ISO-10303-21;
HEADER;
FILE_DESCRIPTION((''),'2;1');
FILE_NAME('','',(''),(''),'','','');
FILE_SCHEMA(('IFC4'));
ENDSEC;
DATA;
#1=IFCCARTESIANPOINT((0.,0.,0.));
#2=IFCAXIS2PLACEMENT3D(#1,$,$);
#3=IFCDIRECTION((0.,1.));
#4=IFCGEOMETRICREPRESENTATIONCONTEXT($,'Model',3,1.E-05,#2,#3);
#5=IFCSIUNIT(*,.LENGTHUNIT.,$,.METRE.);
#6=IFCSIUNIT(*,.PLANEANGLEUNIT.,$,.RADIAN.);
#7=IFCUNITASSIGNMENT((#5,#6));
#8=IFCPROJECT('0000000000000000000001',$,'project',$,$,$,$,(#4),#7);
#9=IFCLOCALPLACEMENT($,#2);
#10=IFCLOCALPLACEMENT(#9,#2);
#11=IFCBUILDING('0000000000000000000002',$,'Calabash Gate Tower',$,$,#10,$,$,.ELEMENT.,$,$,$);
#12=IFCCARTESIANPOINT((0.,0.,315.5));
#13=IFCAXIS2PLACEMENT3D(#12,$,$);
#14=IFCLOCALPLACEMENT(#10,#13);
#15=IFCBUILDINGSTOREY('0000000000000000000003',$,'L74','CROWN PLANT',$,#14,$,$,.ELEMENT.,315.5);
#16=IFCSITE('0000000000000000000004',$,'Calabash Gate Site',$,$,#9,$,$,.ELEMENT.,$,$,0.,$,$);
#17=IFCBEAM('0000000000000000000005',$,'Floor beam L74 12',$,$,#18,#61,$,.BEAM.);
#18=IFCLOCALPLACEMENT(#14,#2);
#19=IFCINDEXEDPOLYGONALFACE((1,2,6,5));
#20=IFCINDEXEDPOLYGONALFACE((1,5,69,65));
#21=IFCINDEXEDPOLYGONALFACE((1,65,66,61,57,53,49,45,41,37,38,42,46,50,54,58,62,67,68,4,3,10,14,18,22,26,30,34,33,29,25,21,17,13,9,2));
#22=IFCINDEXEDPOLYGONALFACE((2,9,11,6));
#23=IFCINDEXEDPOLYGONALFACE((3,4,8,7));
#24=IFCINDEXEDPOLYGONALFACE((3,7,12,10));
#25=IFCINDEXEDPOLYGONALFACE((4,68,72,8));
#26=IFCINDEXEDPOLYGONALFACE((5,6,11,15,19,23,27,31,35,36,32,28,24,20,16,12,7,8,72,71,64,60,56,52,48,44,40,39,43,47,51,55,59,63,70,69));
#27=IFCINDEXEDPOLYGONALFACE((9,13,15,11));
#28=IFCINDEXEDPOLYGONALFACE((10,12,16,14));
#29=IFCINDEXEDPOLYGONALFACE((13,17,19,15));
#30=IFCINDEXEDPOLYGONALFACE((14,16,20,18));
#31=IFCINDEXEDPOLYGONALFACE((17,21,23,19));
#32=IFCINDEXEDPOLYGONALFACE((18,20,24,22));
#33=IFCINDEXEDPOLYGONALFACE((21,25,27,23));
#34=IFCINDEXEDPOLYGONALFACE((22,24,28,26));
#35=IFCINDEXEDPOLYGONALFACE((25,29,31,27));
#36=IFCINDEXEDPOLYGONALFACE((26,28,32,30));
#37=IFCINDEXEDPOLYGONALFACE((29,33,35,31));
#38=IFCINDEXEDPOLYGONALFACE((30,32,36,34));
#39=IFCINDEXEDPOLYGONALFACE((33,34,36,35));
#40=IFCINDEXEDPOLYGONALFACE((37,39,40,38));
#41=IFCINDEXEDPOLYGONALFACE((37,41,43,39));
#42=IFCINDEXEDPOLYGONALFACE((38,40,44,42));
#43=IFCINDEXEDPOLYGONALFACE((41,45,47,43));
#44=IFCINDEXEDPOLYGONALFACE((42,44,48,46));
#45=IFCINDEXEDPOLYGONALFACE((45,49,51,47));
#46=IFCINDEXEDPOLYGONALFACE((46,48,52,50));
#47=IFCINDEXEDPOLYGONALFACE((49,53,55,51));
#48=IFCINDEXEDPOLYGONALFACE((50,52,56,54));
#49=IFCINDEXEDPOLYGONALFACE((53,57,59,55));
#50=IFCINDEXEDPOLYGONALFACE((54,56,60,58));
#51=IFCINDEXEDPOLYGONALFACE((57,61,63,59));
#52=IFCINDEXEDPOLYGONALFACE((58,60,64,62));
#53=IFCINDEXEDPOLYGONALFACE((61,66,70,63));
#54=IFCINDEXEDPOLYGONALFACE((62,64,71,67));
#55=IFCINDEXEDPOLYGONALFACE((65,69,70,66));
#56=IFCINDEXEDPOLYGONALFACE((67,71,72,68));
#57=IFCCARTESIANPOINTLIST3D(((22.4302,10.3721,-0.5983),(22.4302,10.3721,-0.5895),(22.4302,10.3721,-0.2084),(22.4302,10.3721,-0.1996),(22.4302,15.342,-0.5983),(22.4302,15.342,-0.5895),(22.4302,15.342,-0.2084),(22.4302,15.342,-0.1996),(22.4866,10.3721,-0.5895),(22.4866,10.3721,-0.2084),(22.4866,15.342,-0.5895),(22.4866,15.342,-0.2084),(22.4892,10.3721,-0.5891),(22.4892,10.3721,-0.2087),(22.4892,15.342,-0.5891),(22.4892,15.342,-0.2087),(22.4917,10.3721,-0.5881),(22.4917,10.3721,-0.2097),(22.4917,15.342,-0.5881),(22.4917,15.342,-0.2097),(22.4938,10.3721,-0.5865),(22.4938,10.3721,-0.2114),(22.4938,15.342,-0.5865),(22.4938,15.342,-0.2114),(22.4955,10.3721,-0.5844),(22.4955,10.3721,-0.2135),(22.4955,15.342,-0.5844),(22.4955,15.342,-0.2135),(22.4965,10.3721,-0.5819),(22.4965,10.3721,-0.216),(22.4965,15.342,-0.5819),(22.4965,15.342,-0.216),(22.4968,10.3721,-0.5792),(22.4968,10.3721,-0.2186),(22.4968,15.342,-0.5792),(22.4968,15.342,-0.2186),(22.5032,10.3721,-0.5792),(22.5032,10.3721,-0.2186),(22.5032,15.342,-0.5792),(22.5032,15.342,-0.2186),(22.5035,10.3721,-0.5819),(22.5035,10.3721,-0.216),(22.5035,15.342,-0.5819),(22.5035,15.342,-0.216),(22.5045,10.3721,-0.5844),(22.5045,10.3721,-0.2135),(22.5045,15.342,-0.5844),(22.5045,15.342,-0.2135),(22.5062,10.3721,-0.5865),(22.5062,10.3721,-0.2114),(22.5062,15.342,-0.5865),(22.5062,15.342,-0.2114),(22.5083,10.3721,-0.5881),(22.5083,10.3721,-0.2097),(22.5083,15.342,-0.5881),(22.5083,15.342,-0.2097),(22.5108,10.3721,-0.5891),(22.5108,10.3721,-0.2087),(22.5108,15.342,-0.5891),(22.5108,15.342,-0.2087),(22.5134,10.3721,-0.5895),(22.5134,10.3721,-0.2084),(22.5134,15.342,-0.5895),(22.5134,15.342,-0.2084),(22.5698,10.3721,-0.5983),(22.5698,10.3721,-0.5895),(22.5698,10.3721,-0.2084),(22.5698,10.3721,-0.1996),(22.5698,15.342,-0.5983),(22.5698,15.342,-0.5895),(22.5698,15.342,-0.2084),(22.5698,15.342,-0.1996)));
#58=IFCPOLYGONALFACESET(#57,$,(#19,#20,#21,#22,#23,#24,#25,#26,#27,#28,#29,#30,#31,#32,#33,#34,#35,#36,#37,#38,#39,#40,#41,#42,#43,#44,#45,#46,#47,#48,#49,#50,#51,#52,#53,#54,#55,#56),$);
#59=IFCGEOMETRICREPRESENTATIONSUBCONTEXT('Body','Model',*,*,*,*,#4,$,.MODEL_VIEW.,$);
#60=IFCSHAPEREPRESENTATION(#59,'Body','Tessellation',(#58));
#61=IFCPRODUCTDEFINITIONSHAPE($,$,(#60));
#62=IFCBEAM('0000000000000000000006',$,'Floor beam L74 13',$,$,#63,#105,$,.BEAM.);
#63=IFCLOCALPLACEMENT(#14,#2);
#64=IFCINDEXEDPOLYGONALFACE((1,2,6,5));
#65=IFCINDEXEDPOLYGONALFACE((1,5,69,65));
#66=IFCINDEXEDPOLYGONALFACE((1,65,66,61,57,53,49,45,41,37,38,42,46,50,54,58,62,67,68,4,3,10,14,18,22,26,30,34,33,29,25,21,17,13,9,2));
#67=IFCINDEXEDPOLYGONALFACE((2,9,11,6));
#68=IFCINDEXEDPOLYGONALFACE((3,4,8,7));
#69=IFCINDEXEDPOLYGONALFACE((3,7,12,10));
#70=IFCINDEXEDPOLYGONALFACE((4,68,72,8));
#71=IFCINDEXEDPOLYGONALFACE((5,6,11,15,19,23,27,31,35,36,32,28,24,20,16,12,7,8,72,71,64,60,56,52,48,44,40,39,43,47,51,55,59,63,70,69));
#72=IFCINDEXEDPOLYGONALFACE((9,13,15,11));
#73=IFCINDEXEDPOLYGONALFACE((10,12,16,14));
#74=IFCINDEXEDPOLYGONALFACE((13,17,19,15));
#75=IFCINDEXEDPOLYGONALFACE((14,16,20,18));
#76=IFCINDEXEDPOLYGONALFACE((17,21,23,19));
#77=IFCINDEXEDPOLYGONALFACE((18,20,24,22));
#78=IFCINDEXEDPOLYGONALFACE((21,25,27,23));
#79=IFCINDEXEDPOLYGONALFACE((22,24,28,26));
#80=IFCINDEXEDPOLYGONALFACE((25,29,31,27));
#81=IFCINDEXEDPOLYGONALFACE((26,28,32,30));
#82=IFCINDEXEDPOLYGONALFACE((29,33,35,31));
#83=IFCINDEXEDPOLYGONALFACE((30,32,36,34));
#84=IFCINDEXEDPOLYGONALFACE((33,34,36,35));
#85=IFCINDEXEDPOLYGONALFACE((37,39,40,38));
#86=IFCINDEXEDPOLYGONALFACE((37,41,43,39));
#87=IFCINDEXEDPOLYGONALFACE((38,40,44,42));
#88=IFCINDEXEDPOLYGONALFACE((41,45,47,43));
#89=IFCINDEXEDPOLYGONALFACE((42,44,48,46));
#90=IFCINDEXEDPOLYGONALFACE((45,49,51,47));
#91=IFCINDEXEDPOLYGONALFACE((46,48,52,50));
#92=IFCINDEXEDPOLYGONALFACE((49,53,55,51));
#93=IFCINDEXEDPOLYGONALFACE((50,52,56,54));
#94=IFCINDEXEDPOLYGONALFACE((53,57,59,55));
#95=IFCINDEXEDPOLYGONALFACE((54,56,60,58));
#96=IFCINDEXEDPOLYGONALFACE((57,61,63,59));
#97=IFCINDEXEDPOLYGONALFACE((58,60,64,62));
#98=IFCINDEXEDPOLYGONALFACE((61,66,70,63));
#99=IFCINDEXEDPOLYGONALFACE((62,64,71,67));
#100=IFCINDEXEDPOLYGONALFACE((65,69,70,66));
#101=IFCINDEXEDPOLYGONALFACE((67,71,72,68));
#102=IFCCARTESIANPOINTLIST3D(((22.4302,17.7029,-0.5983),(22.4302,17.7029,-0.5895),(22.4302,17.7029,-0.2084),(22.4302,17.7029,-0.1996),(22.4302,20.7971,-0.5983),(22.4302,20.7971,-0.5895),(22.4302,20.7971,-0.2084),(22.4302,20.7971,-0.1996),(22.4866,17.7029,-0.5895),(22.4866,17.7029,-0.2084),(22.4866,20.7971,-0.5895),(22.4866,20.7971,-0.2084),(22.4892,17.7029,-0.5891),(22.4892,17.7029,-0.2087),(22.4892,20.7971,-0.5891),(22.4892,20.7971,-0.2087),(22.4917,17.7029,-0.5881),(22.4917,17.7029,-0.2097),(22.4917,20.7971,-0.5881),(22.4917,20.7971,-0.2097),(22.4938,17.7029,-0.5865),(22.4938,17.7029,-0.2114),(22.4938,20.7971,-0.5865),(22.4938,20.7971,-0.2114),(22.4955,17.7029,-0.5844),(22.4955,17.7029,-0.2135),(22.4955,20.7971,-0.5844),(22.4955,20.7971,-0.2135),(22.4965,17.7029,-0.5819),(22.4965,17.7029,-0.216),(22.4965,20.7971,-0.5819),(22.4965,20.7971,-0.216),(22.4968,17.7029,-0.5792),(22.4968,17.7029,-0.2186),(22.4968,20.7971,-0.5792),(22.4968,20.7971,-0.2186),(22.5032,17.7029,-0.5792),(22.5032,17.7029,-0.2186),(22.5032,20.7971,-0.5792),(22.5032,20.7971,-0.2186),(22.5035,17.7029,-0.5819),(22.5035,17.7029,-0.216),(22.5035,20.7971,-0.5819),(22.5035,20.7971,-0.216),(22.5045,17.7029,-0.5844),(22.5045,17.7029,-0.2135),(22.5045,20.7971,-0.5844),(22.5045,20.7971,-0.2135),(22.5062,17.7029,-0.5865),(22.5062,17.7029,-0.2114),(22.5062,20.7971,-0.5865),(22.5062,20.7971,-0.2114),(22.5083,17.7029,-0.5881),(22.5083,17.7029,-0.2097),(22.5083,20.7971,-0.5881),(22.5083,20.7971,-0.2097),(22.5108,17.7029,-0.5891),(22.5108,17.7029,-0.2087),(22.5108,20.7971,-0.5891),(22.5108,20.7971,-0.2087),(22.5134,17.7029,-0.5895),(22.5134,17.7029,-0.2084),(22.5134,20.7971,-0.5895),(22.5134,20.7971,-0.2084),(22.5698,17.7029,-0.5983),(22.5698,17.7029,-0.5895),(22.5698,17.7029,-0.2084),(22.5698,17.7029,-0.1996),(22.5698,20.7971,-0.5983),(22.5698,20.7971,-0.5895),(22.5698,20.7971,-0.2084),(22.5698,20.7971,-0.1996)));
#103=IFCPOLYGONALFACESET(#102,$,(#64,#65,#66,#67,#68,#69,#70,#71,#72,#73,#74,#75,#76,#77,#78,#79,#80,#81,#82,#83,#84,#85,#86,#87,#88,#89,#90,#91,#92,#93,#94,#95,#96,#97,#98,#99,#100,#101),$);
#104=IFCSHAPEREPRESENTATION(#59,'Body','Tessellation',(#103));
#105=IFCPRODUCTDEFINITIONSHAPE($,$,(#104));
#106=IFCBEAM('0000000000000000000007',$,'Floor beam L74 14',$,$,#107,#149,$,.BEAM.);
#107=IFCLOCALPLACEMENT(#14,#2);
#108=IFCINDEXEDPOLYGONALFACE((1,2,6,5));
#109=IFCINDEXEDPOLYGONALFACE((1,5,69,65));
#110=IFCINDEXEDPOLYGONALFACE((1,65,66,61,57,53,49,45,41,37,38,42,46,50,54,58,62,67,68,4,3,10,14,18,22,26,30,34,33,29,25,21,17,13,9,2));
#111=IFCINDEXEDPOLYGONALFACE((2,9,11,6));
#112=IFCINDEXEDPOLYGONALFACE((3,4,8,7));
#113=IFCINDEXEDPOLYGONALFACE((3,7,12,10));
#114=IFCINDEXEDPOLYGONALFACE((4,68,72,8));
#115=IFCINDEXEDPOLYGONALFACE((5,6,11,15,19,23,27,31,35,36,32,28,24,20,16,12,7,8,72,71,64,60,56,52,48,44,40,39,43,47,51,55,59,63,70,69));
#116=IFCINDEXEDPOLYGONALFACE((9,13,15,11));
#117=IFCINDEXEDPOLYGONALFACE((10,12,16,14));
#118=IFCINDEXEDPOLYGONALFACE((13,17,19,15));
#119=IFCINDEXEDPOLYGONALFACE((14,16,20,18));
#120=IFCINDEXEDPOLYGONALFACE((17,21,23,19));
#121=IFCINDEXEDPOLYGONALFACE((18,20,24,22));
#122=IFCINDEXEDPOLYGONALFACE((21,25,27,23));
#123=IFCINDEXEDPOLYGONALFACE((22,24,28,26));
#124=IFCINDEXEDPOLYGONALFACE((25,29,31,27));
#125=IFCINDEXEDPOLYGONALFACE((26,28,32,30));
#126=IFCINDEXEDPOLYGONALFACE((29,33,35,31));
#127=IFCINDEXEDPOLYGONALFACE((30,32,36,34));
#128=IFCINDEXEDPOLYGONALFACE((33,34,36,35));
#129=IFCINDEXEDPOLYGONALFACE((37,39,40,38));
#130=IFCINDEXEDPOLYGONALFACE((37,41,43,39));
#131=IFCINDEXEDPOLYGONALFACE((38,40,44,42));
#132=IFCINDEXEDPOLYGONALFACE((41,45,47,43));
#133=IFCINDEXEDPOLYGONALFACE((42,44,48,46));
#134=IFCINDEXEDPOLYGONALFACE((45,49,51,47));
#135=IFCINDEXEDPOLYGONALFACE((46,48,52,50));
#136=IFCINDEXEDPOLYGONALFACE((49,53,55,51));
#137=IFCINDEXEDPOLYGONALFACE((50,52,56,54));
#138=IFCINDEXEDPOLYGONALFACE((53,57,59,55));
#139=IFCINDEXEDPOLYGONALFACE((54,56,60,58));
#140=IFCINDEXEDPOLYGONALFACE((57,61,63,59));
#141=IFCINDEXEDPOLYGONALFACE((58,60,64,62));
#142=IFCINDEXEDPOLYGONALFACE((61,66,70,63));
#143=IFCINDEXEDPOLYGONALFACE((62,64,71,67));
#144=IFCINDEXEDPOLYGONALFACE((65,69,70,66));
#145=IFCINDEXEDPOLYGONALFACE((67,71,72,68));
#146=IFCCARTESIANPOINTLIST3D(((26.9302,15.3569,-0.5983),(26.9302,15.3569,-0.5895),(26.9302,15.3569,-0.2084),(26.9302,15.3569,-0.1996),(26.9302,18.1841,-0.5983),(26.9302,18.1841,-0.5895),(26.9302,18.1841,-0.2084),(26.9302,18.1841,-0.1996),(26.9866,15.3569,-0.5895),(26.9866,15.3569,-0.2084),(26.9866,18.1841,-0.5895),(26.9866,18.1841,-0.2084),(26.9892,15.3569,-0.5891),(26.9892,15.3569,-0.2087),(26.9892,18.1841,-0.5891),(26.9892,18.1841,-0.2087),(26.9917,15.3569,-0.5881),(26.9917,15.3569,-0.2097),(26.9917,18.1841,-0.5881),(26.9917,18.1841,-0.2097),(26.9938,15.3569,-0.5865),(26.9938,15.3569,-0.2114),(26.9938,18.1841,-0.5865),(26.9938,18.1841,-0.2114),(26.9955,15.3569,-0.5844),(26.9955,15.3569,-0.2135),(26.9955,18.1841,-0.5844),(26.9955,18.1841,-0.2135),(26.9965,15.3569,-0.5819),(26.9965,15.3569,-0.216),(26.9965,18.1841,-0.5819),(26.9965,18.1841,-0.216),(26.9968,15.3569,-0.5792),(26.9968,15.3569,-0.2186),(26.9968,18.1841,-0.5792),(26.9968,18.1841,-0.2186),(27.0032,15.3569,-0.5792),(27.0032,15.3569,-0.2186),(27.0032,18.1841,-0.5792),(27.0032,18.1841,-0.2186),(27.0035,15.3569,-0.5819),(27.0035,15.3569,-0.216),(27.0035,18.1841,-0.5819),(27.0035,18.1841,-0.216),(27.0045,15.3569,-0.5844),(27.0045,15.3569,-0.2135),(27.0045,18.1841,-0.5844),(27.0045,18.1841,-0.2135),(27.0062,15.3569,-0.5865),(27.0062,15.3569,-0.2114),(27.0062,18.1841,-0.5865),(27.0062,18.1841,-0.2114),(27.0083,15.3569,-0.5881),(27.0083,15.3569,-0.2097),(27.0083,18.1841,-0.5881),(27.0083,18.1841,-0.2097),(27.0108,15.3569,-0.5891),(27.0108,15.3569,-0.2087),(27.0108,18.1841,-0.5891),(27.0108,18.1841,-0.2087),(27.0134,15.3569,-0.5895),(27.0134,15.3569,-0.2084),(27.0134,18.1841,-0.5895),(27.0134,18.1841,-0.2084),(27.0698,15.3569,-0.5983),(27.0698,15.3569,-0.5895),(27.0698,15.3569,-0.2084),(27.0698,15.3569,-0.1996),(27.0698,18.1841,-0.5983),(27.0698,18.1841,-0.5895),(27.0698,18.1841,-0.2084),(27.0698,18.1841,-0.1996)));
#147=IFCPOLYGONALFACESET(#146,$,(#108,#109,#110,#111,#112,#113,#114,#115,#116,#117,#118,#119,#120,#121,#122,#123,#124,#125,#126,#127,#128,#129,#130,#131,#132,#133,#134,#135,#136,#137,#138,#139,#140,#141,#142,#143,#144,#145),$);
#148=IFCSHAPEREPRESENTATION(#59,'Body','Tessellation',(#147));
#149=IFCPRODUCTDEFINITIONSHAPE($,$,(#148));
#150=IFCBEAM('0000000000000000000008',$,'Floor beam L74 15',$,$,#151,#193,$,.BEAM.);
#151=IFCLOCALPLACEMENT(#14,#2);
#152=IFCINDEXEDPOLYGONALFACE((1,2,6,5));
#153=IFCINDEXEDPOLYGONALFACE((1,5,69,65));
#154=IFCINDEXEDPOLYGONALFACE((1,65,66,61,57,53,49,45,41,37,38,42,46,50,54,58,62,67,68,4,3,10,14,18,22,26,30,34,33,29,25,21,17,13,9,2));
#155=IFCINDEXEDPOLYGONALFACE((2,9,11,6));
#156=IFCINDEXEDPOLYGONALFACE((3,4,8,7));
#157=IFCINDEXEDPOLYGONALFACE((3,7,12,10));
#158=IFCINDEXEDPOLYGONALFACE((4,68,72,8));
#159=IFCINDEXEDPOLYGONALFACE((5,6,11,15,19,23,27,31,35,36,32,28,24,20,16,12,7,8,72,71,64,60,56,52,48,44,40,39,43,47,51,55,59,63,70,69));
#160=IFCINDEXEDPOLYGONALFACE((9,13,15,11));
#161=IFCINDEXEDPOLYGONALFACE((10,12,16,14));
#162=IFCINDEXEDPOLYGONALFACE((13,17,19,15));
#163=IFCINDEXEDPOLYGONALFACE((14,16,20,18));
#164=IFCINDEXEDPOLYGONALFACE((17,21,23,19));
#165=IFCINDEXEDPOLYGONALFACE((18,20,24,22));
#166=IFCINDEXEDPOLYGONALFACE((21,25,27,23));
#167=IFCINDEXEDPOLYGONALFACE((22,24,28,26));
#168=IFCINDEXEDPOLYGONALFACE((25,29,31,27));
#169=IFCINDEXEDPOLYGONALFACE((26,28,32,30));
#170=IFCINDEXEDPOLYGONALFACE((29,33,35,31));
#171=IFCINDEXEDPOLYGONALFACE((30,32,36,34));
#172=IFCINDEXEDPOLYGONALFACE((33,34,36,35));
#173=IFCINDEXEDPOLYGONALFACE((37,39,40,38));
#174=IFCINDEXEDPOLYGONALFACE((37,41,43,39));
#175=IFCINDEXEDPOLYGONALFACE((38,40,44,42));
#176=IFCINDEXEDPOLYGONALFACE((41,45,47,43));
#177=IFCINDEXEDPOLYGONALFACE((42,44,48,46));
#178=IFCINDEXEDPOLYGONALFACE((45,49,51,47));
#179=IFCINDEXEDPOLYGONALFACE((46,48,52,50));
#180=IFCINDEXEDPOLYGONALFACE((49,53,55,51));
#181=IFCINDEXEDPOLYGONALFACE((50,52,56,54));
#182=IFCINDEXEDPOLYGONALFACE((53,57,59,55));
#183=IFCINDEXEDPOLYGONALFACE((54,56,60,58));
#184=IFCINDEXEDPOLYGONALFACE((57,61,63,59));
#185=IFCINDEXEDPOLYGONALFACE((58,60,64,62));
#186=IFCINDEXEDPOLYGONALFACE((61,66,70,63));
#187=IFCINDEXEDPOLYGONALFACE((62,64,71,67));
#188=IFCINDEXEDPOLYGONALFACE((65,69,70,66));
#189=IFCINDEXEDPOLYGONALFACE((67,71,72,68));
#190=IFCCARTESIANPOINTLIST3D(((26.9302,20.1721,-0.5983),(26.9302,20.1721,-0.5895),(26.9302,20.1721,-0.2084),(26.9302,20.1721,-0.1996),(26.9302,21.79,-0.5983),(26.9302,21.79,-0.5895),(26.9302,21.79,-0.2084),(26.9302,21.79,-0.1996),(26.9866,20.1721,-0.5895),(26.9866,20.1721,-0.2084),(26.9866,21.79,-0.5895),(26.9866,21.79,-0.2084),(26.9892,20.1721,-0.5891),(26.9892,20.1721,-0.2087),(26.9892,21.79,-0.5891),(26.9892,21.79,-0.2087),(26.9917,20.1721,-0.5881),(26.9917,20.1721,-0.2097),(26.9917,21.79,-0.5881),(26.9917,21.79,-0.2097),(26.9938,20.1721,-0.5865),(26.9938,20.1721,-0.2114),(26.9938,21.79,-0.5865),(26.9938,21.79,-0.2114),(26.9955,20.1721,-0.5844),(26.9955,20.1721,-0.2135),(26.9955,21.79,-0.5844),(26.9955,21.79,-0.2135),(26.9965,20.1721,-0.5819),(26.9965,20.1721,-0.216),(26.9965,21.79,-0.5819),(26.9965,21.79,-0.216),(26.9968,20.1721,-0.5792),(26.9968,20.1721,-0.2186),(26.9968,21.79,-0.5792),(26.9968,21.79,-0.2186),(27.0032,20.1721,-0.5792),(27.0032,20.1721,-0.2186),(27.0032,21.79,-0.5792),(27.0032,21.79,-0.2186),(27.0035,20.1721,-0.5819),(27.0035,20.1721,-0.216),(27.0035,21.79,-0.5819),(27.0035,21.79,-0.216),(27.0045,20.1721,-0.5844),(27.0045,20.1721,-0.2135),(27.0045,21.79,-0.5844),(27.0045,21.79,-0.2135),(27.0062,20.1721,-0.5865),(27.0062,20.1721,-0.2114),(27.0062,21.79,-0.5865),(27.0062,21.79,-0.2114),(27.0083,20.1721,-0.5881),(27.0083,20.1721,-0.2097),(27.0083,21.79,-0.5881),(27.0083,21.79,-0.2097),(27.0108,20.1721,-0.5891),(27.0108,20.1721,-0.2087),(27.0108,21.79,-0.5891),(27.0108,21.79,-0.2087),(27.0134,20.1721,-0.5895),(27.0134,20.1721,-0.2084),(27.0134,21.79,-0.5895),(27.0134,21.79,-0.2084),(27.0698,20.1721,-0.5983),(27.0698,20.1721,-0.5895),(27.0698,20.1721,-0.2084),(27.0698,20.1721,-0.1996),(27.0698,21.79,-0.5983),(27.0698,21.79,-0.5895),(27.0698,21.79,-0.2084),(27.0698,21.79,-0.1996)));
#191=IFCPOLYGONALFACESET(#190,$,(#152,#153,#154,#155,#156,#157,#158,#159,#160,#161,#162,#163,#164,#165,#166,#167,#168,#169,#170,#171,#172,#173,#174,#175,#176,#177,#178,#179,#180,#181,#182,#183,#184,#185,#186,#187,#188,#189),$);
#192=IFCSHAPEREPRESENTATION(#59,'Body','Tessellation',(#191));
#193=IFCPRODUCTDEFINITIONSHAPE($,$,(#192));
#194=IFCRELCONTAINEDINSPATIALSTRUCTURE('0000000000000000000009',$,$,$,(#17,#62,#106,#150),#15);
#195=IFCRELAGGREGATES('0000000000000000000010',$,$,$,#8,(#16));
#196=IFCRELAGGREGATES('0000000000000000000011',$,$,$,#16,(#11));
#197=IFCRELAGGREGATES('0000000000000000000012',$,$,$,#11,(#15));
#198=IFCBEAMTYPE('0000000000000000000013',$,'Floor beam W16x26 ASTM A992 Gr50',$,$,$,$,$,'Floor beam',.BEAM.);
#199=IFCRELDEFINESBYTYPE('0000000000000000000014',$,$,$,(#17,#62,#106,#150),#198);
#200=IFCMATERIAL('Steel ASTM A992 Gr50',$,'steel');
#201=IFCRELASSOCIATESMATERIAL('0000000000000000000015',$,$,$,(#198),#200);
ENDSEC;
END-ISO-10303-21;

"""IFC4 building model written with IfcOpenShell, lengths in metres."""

from ifc_helpers import new_model, si_unit, direction, frame, origin, origin_2d, place, context, subcontext, project, spatial, i_section, extrude, material, material_profile, profile_set, type_object, element, save


model = new_model("IFC4")

# Units and contexts
model_context = context("Model", 3, precision=1e-05, world=origin(), true_north=direction((0.0, 1.0)))
body_context = subcontext(model_context, "Body", "Model", "MODEL_VIEW")
ifc_project = project(units=[si_unit("LENGTHUNIT", "METRE"), si_unit("PLANEANGLEUNIT", "RADIAN")], contexts=[model_context])

# Site, building, storey
site_placement = place(None, origin())
site = spatial("IfcSite", under=ifc_project, at=site_placement, Name="Calabash Gate Site", CompositionType="ELEMENT", RefElevation=0.0)
building_placement = place(site_placement, origin())
building = spatial("IfcBuilding", under=site, at=building_placement, Name="Calabash Gate Tower", CompositionType="ELEMENT")
storey_placement = place(building_placement, frame((0.0, 0.0, 315.5)))
storey = spatial("IfcBuildingStorey", under=building, at=storey_placement, Name="L74", Description="CROWN PLANT", CompositionType="ELEMENT", Elevation=315.5)

# Beams
ifc_material_1 = material(Name="Steel ASTM A992 Gr50", Category="steel")
ifc_material_profile_1 = material_profile(ifc_material_1, i_section(OverallWidth=0.1396, OverallDepth=0.3987, WebThickness=0.0063, FlangeThickness=0.0088, FilletRadius=0.0103, at=origin_2d()))
ifc_profile_set_1 = profile_set([ifc_material_profile_1], Name="Steel ASTM A992 Gr50")
beam_type_1 = type_object("IfcBeamType", Name="Floor beam W16x26 ASTM A992 Gr50", ElementType="Floor beam", PredefinedType="BEAM", material=ifc_profile_set_1)
beam_1_placement = place(storey_placement, frame((22.5, 10.3721, -0.3989), z_axis=(0.0, 1.0, 0.0), x_axis=(-1.0, 0.0, 0.0)))
element("IfcBeam", 1, at=beam_1_placement, inside=storey, type_object=beam_type_1, Name="Floor beam L74 12", PredefinedType="BEAM", context=body_context, shape_type="SweptSolid", body=[
    extrude(i_section(OverallWidth=0.1396, OverallDepth=0.3987, WebThickness=0.0063, FlangeThickness=0.0088, FilletRadius=0.0103, at=origin_2d()), origin(), (0.0, 0.0, 1.0), 4.97),
])
beam_2_placement = place(storey_placement, frame((22.5, 17.7029, -0.3989), z_axis=(0.0, 1.0, 0.0), x_axis=(-1.0, 0.0, 0.0)))
element("IfcBeam", 2, at=beam_2_placement, inside=storey, type_object=beam_type_1, Name="Floor beam L74 13", PredefinedType="BEAM", context=body_context, shape_type="SweptSolid", body=[
    extrude(i_section(OverallWidth=0.1396, OverallDepth=0.3987, WebThickness=0.0063, FlangeThickness=0.0088, FilletRadius=0.0103, at=origin_2d()), origin(), (0.0, 0.0, 1.0), 3.0942),
])
beam_3_placement = place(storey_placement, frame((27.0, 15.3569, -0.3989), z_axis=(0.0, 1.0, 0.0), x_axis=(-1.0, 0.0, 0.0)))
element("IfcBeam", 3, at=beam_3_placement, inside=storey, type_object=beam_type_1, Name="Floor beam L74 14", PredefinedType="BEAM", context=body_context, shape_type="SweptSolid", body=[
    extrude(i_section(OverallWidth=0.1396, OverallDepth=0.3987, WebThickness=0.0063, FlangeThickness=0.0088, FilletRadius=0.0103, at=origin_2d()), origin(), (0.0, 0.0, 1.0), 2.8271),
])
beam_4_placement = place(storey_placement, frame((27.0, 20.1721, -0.3989), z_axis=(0.0, 1.0, 0.0), x_axis=(-1.0, 0.0, 0.0)))
element("IfcBeam", 4, at=beam_4_placement, inside=storey, type_object=beam_type_1, Name="Floor beam L74 15", PredefinedType="BEAM", context=body_context, shape_type="SweptSolid", body=[
    extrude(i_section(OverallWidth=0.1396, OverallDepth=0.3987, WebThickness=0.0063, FlangeThickness=0.0088, FilletRadius=0.0103, at=origin_2d()), origin(), (0.0, 0.0, 1.0), 1.6179),
])

save(model, "model.ifc")
